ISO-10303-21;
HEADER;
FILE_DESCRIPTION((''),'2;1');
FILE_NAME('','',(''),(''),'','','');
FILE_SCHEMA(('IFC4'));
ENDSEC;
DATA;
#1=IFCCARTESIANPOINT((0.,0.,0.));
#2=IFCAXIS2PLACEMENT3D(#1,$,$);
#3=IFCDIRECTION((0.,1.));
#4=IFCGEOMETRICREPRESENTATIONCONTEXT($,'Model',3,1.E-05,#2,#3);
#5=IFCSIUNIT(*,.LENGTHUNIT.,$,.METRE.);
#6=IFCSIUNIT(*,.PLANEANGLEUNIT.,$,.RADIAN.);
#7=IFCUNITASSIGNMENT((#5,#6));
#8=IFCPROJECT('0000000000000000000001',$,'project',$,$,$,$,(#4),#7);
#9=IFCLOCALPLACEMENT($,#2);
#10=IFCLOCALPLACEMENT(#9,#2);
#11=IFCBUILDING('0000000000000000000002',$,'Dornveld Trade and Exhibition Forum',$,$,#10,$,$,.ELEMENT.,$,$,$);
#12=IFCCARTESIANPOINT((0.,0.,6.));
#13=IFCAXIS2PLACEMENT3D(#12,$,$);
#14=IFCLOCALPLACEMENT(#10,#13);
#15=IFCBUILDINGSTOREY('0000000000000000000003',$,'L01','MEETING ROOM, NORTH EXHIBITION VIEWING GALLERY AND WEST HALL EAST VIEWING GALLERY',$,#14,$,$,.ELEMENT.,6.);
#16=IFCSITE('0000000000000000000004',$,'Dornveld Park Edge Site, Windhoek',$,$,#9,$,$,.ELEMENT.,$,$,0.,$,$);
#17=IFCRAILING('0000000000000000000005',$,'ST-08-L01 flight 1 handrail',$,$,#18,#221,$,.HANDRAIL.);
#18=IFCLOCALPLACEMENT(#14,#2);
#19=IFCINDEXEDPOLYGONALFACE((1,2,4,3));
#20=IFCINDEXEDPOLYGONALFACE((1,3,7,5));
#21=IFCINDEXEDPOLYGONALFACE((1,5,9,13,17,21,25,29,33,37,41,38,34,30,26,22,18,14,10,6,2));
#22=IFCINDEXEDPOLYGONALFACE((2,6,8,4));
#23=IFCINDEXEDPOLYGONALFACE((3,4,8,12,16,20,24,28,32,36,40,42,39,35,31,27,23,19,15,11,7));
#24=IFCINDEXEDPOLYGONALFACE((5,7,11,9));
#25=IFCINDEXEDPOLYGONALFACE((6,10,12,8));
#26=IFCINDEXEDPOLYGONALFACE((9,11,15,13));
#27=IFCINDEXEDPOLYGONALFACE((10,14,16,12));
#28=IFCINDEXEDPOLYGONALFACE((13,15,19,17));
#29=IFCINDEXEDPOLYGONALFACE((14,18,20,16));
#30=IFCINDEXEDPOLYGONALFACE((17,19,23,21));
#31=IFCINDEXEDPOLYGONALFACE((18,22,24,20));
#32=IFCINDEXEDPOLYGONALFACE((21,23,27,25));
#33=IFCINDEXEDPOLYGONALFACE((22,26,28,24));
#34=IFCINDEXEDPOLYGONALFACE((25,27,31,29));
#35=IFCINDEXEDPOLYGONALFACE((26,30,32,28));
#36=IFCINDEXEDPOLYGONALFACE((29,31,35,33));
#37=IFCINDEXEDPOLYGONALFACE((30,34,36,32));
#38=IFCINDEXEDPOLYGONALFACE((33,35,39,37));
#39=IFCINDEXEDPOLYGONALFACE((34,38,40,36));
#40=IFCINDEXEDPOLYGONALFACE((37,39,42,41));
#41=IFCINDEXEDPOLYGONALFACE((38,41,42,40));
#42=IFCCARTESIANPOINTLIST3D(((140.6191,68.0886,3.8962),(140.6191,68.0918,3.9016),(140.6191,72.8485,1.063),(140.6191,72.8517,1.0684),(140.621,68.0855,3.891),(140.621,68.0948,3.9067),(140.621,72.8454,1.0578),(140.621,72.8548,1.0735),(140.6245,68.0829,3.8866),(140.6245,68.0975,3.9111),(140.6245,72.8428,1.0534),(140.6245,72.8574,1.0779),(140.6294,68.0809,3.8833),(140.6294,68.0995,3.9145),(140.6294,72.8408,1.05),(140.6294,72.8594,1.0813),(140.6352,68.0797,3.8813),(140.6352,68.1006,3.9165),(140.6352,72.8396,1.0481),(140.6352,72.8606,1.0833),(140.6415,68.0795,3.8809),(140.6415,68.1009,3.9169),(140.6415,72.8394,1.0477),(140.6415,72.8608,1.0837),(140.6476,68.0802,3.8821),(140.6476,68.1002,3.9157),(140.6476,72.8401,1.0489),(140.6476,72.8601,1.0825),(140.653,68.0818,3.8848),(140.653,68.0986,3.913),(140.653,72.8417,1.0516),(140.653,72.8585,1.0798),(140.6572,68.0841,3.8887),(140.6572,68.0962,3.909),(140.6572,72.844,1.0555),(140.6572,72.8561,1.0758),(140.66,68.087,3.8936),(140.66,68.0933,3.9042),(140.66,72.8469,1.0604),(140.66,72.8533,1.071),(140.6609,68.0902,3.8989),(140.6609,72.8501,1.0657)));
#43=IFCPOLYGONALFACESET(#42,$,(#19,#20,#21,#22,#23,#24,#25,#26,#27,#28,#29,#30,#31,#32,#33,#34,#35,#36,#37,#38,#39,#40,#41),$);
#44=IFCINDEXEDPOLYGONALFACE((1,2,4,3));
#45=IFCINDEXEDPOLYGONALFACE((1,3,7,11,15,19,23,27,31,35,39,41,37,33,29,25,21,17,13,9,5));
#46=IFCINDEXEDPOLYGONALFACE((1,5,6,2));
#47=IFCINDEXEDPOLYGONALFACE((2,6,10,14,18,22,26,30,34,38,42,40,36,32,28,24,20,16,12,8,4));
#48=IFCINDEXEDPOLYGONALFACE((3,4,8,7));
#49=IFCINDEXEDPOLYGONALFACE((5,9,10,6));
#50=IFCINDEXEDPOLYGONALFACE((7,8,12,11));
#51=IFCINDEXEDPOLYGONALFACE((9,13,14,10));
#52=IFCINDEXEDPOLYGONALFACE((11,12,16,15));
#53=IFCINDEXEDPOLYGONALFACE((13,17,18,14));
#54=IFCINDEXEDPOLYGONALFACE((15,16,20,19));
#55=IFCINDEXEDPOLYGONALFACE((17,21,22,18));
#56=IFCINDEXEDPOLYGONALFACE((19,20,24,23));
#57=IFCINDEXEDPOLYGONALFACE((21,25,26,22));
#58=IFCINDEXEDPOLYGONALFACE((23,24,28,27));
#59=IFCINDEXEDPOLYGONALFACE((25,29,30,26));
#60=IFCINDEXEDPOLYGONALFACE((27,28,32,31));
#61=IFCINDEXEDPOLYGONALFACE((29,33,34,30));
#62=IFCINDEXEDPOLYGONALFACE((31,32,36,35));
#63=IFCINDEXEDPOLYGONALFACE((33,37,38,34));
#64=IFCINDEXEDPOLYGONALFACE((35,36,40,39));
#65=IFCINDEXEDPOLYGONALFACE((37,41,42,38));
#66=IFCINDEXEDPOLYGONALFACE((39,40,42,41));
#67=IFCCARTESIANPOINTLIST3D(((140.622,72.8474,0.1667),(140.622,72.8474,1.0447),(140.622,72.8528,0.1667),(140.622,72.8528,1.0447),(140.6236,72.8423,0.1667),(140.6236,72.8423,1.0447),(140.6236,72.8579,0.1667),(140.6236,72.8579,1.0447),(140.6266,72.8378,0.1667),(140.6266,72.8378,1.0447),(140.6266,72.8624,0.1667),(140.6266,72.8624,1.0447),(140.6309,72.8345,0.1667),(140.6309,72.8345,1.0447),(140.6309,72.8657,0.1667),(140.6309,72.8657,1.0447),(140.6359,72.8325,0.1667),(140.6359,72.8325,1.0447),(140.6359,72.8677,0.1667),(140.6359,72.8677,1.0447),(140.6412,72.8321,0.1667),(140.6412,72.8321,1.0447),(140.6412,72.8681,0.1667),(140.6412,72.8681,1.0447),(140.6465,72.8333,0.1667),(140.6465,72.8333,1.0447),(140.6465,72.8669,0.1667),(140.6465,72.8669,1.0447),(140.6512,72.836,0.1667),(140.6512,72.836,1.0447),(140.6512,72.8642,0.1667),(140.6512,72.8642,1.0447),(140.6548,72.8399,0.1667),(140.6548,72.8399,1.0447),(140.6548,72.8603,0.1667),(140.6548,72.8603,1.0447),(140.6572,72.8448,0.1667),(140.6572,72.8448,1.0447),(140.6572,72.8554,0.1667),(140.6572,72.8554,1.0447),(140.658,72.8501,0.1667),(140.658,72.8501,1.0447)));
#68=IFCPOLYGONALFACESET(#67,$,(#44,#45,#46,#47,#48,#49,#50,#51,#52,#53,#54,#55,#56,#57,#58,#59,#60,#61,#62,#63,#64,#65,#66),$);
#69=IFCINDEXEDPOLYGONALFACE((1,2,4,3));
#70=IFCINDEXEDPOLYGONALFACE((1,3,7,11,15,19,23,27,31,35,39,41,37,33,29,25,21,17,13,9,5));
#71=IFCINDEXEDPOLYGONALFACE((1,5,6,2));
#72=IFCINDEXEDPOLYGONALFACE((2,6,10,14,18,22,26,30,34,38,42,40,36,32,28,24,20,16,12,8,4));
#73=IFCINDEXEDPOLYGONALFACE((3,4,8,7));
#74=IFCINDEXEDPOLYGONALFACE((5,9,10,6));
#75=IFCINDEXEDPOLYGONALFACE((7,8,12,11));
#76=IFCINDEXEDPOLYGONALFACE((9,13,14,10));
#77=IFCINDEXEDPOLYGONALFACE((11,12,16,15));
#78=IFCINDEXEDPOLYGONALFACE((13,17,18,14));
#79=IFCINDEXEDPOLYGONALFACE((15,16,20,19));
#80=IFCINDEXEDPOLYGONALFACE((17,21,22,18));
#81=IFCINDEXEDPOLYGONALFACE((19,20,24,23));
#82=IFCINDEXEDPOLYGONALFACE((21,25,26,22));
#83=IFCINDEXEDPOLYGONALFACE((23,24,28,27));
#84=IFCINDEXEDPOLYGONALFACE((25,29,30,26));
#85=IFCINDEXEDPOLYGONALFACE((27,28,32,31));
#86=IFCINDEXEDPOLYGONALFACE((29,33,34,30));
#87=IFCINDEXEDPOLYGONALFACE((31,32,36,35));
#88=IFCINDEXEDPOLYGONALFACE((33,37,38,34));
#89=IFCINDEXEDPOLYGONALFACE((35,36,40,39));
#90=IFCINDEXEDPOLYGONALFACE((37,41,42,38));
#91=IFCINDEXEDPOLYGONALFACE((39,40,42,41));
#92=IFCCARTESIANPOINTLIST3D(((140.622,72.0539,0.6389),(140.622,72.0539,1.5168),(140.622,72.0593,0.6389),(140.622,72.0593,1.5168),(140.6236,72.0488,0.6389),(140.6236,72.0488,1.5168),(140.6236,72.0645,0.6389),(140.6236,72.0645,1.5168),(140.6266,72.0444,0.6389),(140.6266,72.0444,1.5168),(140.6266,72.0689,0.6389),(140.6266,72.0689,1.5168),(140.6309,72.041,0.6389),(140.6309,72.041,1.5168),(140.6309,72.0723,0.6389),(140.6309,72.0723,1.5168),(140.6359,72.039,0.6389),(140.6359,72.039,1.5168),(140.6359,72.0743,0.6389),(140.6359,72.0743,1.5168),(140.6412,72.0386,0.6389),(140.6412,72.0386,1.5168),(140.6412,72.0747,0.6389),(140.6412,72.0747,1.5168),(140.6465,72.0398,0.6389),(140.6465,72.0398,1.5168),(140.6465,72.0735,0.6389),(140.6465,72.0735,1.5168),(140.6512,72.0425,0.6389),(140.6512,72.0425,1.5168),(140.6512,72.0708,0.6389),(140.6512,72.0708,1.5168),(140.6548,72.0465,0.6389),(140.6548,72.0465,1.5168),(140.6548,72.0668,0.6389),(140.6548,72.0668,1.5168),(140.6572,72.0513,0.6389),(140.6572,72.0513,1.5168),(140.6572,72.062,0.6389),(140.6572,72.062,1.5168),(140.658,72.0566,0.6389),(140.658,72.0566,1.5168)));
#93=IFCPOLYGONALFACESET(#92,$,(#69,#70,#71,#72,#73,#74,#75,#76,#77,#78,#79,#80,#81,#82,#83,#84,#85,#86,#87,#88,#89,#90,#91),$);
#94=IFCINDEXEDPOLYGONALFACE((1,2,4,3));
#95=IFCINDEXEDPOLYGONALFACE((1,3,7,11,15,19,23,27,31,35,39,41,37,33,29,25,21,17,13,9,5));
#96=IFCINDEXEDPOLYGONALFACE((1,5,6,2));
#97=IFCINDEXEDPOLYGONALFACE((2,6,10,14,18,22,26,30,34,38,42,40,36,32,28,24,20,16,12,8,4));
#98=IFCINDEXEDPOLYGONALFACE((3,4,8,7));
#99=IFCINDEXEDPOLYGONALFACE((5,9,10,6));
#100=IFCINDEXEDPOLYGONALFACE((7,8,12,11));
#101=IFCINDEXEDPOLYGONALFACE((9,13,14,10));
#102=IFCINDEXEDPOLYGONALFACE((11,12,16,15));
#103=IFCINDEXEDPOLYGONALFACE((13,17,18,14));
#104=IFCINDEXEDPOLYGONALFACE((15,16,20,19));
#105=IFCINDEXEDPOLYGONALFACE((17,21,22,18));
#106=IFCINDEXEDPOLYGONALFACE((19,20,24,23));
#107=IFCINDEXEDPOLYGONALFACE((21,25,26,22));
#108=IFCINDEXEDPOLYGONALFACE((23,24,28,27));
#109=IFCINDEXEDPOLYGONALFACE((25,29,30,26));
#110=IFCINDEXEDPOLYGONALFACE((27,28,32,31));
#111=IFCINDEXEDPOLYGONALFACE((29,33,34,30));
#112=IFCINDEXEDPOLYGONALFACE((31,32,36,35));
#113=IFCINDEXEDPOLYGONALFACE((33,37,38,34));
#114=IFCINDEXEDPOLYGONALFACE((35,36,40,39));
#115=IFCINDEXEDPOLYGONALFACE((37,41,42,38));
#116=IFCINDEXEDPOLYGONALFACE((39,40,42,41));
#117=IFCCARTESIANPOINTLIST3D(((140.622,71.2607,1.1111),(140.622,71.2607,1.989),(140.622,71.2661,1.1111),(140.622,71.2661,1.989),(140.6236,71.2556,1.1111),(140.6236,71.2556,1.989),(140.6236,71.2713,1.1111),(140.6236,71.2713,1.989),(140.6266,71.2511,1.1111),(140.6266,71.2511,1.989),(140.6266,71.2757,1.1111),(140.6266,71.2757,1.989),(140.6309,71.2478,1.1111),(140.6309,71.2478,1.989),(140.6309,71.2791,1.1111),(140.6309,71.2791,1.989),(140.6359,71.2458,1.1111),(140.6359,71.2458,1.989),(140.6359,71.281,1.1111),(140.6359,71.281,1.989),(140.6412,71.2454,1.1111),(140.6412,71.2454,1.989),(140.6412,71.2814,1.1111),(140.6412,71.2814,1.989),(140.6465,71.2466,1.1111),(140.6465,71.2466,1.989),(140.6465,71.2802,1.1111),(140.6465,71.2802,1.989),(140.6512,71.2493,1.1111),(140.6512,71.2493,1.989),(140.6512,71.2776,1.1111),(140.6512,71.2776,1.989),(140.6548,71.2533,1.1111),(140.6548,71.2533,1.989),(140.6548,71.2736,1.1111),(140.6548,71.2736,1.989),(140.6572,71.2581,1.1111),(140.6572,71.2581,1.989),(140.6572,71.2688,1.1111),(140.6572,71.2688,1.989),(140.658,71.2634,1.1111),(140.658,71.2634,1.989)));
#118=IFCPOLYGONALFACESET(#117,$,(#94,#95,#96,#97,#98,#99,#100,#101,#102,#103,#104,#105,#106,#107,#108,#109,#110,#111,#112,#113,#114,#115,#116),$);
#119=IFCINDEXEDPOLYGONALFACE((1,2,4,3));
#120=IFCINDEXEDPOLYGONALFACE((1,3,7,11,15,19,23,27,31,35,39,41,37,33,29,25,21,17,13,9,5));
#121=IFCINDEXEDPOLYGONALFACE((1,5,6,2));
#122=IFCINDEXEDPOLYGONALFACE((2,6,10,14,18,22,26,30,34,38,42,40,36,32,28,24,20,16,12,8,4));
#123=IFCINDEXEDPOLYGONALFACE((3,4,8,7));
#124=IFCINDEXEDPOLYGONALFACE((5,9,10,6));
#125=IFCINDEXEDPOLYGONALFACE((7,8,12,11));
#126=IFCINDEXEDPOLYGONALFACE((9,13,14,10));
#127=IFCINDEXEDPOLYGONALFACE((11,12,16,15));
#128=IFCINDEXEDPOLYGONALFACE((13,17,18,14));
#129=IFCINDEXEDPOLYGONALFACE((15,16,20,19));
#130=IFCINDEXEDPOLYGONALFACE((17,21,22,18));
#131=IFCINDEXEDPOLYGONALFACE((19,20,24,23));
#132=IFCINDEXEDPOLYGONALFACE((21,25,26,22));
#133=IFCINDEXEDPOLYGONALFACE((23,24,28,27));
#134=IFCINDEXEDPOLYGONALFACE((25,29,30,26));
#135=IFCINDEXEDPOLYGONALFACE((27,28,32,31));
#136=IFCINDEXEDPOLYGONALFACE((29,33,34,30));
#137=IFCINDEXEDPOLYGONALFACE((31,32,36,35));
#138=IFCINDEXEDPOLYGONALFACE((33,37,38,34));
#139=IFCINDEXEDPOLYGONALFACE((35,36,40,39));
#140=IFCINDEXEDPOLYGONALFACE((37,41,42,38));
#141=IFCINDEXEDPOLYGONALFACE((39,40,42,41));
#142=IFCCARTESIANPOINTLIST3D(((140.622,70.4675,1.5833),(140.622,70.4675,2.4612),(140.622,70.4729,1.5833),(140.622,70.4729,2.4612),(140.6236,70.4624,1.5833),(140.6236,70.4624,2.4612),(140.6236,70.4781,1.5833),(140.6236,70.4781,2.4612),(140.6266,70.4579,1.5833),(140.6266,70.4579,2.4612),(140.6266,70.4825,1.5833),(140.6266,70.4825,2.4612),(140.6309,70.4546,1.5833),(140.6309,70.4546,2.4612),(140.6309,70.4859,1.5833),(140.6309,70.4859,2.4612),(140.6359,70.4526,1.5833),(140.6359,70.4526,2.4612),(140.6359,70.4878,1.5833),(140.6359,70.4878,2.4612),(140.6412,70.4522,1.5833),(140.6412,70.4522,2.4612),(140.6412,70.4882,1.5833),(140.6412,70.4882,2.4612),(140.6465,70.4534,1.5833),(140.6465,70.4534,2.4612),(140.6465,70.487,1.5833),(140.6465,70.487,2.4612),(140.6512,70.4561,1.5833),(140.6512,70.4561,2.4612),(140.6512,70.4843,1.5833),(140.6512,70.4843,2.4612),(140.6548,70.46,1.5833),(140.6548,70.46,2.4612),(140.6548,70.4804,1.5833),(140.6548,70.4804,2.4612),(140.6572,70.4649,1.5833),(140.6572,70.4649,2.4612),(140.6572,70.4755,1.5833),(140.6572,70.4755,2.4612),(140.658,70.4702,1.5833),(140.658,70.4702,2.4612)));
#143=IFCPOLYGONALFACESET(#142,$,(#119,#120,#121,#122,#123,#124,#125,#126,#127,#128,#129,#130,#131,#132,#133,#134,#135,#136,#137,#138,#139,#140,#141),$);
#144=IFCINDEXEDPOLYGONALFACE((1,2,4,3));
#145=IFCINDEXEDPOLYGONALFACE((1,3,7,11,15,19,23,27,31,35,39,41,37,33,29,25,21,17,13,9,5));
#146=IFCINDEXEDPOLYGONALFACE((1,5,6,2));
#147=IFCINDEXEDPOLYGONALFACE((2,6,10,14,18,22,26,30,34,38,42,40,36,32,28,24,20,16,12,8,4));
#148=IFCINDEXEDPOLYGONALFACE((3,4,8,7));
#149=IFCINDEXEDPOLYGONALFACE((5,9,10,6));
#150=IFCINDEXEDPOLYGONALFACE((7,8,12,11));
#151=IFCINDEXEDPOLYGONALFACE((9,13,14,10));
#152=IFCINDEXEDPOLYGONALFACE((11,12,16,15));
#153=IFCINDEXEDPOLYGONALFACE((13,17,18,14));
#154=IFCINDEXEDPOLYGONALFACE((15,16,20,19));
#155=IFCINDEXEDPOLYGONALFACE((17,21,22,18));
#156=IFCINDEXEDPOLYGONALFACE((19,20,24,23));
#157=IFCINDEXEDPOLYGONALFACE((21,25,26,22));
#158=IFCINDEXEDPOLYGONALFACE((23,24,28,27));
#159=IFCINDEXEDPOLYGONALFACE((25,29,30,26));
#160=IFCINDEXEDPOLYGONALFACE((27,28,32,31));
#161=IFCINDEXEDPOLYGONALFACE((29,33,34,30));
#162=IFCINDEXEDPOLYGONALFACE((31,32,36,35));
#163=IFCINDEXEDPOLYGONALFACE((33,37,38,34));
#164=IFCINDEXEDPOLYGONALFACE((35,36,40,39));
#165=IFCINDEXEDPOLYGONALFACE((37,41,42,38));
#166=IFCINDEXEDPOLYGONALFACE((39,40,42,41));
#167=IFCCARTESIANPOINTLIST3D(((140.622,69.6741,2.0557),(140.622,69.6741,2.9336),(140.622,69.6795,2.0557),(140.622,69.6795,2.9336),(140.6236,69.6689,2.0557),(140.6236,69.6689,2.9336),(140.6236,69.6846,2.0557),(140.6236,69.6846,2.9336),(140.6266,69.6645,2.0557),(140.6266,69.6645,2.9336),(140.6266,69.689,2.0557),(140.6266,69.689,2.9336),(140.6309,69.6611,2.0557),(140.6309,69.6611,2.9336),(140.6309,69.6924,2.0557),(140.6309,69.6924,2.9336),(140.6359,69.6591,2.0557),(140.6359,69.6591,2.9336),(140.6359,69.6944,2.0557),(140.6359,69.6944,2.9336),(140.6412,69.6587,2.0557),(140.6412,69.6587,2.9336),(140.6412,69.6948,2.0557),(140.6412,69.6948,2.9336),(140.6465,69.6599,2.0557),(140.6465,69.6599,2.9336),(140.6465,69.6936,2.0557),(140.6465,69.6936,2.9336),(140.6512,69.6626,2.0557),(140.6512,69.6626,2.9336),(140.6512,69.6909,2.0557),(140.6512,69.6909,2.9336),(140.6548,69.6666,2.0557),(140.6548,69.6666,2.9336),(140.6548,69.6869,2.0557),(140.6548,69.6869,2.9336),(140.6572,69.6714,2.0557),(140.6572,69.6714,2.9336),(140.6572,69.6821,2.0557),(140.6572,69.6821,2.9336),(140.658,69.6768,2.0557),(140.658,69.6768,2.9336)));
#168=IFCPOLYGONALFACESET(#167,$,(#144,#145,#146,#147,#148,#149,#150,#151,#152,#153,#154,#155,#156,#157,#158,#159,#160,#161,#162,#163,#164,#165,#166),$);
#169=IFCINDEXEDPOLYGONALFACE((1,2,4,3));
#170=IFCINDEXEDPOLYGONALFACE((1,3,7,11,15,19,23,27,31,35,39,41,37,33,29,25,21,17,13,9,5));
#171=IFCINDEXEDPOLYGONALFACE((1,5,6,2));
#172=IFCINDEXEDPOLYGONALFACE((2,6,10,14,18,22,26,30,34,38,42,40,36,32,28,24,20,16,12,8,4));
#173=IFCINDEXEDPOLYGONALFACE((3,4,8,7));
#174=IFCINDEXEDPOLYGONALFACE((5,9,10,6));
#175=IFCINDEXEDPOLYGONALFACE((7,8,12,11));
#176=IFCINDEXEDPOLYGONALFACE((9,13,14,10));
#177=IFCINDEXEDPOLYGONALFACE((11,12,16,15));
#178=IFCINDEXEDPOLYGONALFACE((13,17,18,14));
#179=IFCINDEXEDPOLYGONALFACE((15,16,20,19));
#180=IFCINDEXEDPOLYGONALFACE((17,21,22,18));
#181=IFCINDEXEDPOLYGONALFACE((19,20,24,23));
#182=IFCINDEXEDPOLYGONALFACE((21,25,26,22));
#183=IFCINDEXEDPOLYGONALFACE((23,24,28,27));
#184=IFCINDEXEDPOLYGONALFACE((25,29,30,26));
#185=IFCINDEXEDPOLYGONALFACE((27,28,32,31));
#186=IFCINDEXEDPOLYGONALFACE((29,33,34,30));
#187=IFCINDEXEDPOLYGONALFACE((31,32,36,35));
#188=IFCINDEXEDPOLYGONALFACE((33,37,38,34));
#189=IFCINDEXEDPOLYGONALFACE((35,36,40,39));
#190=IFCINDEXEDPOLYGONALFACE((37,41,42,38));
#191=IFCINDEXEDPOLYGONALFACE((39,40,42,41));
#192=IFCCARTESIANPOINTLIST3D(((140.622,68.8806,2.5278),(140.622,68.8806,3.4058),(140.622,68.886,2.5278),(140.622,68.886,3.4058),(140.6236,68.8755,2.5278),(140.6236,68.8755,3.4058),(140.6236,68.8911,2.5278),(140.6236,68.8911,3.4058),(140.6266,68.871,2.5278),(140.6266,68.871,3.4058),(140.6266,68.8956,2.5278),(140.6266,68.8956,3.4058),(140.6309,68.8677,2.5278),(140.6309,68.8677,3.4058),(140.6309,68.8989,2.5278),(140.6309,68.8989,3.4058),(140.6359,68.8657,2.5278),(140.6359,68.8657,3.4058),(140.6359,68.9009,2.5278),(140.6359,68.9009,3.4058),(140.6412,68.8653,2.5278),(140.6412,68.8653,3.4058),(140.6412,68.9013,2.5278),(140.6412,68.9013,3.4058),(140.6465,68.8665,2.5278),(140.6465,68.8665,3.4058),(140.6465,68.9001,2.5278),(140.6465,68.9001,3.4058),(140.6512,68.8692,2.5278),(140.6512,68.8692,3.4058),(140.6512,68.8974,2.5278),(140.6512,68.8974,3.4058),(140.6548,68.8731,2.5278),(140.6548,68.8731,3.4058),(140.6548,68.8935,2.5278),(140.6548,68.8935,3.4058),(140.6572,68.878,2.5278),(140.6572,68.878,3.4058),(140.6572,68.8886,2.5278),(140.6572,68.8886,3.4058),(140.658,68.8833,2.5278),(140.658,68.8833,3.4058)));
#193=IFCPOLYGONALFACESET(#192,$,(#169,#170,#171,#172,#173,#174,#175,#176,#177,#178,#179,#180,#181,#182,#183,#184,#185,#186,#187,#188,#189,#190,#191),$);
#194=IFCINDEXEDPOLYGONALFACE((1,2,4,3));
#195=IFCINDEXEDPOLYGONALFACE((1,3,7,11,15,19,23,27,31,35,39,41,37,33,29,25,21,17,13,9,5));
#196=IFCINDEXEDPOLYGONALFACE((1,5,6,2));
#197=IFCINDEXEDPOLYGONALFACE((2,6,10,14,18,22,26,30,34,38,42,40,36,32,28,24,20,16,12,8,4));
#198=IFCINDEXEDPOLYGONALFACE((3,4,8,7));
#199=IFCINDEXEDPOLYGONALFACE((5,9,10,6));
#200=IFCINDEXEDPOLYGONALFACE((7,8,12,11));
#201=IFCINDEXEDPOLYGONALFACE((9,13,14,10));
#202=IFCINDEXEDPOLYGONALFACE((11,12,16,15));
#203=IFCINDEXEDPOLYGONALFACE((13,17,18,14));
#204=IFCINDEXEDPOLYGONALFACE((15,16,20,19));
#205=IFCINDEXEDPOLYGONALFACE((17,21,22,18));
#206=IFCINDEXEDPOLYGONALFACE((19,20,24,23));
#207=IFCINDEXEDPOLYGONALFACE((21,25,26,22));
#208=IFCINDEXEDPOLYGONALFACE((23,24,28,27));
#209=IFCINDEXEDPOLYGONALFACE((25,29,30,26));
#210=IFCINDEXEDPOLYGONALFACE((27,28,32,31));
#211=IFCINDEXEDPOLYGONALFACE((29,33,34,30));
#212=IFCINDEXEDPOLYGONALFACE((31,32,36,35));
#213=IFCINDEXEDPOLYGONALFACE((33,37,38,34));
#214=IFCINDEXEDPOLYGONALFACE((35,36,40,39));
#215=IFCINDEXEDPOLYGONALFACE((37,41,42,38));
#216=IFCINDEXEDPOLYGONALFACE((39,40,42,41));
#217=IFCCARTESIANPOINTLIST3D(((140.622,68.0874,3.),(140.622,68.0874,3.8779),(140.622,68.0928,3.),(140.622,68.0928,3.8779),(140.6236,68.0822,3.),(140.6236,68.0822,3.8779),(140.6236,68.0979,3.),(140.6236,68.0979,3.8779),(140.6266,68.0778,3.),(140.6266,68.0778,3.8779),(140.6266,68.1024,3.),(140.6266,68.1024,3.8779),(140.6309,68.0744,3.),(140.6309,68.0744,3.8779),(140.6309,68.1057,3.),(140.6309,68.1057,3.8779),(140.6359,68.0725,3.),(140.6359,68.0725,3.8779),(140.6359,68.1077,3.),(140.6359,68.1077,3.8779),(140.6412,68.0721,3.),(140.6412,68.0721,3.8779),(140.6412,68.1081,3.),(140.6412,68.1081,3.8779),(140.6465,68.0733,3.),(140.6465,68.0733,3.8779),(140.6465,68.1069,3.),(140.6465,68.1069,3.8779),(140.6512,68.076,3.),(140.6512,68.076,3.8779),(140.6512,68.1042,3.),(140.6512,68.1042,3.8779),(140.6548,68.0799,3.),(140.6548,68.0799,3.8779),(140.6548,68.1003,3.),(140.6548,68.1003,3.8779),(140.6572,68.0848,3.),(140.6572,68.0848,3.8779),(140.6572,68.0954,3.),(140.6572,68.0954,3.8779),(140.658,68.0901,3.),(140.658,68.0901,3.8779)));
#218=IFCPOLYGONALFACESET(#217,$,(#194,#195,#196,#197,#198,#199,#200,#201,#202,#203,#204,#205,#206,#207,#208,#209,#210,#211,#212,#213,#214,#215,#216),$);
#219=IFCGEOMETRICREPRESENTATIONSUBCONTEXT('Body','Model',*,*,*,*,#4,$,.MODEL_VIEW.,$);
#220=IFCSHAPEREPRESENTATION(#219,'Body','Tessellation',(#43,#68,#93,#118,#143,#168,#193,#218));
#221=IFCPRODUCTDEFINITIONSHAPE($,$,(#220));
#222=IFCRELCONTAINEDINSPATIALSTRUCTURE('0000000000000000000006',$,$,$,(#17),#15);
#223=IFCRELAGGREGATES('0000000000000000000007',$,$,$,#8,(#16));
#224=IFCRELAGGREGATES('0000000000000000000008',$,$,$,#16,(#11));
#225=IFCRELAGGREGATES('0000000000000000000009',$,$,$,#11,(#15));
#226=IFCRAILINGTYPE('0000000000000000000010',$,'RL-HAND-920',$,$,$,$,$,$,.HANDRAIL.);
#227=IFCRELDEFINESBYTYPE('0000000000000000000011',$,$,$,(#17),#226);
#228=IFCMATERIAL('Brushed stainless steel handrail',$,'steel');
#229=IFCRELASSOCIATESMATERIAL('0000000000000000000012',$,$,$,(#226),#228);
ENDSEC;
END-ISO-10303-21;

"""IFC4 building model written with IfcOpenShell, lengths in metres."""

from ifc_helpers import new_model, si_unit, direction, frame, origin, origin_2d, place, context, subcontext, project, spatial, circle, extrude, material, type_object, element, save


model = new_model("IFC4")

# Units and contexts
model_context = context("Model", 3, precision=1e-05, world=origin(), true_north=direction((0.0, 1.0)))
body_context = subcontext(model_context, "Body", "Model", "MODEL_VIEW")
ifc_project = project(units=[si_unit("LENGTHUNIT", "METRE"), si_unit("PLANEANGLEUNIT", "RADIAN")], contexts=[model_context])

# Site, building, storey
site_placement = place(None, origin())
site = spatial("IfcSite", under=ifc_project, at=site_placement, Name="Dornveld Park Edge Site, Windhoek", CompositionType="ELEMENT", RefElevation=0.0)
building_placement = place(site_placement, origin())
building = spatial("IfcBuilding", under=site, at=building_placement, Name="Dornveld Trade and Exhibition Forum", CompositionType="ELEMENT")
storey_placement = place(building_placement, frame((0.0, 0.0, 6.0)))
storey = spatial("IfcBuildingStorey", under=building, at=storey_placement, Name="L01", Description="MEETING ROOM, NORTH EXHIBITION VIEWING GALLERY AND WEST HALL EAST VIEWING GALLERY", CompositionType="ELEMENT", Elevation=6.0)

# Railing
ifc_material_1 = material(Name="Brushed stainless steel handrail", Category="steel")
railing_type_1 = type_object("IfcRailingType", Name="RL-HAND-920", PredefinedType="HANDRAIL", material=ifc_material_1)
railing_1_placement = place(storey_placement, frame((140.6399, 72.8501, 0.1667)))
element("IfcRailing", 1, at=railing_1_placement, inside=storey, type_object=railing_type_1, Name="ST-08-L01 flight 1 handrail", PredefinedType="HANDRAIL", context=body_context, shape_type="SweptSolid", body=[
    extrude(circle(Radius=0.021, at=origin_2d()), frame((0.0, 0.0, 0.8989), z_axis=(0.0, -0.8593, 0.511472), x_axis=(1.0, 0.0, 0.0)), (0.0, 0.0, 1.0), 5.5393),
    extrude(circle(Radius=0.0181, at=origin_2d()), origin(), (0.0, 0.0, 1.0), 0.8779),
    extrude(circle(Radius=0.0181, at=origin_2d()), frame((0.0, -0.7935, 0.4722)), (0.0, 0.0, 1.0), 0.8779),
    extrude(circle(Radius=0.0181, at=origin_2d()), frame((0.0, -1.5867, 0.9443)), (0.0, 0.0, 1.0), 0.8779),
    extrude(circle(Radius=0.0181, at=origin_2d()), frame((0.0, -2.3799, 1.4165)), (0.0, 0.0, 1.0), 0.8779),
    extrude(circle(Radius=0.0181, at=origin_2d()), frame((0.0, -3.1733, 1.8889)), (0.0, 0.0, 1.0), 0.8779),
    extrude(circle(Radius=0.0181, at=origin_2d()), frame((0.0, -3.9668, 2.3611)), (0.0, 0.0, 1.0), 0.8779),
    extrude(circle(Radius=0.0181, at=origin_2d()), frame((0.0, -4.76, 2.8333)), (0.0, 0.0, 1.0), 0.8779),
])

save(model, "model.ifc")
